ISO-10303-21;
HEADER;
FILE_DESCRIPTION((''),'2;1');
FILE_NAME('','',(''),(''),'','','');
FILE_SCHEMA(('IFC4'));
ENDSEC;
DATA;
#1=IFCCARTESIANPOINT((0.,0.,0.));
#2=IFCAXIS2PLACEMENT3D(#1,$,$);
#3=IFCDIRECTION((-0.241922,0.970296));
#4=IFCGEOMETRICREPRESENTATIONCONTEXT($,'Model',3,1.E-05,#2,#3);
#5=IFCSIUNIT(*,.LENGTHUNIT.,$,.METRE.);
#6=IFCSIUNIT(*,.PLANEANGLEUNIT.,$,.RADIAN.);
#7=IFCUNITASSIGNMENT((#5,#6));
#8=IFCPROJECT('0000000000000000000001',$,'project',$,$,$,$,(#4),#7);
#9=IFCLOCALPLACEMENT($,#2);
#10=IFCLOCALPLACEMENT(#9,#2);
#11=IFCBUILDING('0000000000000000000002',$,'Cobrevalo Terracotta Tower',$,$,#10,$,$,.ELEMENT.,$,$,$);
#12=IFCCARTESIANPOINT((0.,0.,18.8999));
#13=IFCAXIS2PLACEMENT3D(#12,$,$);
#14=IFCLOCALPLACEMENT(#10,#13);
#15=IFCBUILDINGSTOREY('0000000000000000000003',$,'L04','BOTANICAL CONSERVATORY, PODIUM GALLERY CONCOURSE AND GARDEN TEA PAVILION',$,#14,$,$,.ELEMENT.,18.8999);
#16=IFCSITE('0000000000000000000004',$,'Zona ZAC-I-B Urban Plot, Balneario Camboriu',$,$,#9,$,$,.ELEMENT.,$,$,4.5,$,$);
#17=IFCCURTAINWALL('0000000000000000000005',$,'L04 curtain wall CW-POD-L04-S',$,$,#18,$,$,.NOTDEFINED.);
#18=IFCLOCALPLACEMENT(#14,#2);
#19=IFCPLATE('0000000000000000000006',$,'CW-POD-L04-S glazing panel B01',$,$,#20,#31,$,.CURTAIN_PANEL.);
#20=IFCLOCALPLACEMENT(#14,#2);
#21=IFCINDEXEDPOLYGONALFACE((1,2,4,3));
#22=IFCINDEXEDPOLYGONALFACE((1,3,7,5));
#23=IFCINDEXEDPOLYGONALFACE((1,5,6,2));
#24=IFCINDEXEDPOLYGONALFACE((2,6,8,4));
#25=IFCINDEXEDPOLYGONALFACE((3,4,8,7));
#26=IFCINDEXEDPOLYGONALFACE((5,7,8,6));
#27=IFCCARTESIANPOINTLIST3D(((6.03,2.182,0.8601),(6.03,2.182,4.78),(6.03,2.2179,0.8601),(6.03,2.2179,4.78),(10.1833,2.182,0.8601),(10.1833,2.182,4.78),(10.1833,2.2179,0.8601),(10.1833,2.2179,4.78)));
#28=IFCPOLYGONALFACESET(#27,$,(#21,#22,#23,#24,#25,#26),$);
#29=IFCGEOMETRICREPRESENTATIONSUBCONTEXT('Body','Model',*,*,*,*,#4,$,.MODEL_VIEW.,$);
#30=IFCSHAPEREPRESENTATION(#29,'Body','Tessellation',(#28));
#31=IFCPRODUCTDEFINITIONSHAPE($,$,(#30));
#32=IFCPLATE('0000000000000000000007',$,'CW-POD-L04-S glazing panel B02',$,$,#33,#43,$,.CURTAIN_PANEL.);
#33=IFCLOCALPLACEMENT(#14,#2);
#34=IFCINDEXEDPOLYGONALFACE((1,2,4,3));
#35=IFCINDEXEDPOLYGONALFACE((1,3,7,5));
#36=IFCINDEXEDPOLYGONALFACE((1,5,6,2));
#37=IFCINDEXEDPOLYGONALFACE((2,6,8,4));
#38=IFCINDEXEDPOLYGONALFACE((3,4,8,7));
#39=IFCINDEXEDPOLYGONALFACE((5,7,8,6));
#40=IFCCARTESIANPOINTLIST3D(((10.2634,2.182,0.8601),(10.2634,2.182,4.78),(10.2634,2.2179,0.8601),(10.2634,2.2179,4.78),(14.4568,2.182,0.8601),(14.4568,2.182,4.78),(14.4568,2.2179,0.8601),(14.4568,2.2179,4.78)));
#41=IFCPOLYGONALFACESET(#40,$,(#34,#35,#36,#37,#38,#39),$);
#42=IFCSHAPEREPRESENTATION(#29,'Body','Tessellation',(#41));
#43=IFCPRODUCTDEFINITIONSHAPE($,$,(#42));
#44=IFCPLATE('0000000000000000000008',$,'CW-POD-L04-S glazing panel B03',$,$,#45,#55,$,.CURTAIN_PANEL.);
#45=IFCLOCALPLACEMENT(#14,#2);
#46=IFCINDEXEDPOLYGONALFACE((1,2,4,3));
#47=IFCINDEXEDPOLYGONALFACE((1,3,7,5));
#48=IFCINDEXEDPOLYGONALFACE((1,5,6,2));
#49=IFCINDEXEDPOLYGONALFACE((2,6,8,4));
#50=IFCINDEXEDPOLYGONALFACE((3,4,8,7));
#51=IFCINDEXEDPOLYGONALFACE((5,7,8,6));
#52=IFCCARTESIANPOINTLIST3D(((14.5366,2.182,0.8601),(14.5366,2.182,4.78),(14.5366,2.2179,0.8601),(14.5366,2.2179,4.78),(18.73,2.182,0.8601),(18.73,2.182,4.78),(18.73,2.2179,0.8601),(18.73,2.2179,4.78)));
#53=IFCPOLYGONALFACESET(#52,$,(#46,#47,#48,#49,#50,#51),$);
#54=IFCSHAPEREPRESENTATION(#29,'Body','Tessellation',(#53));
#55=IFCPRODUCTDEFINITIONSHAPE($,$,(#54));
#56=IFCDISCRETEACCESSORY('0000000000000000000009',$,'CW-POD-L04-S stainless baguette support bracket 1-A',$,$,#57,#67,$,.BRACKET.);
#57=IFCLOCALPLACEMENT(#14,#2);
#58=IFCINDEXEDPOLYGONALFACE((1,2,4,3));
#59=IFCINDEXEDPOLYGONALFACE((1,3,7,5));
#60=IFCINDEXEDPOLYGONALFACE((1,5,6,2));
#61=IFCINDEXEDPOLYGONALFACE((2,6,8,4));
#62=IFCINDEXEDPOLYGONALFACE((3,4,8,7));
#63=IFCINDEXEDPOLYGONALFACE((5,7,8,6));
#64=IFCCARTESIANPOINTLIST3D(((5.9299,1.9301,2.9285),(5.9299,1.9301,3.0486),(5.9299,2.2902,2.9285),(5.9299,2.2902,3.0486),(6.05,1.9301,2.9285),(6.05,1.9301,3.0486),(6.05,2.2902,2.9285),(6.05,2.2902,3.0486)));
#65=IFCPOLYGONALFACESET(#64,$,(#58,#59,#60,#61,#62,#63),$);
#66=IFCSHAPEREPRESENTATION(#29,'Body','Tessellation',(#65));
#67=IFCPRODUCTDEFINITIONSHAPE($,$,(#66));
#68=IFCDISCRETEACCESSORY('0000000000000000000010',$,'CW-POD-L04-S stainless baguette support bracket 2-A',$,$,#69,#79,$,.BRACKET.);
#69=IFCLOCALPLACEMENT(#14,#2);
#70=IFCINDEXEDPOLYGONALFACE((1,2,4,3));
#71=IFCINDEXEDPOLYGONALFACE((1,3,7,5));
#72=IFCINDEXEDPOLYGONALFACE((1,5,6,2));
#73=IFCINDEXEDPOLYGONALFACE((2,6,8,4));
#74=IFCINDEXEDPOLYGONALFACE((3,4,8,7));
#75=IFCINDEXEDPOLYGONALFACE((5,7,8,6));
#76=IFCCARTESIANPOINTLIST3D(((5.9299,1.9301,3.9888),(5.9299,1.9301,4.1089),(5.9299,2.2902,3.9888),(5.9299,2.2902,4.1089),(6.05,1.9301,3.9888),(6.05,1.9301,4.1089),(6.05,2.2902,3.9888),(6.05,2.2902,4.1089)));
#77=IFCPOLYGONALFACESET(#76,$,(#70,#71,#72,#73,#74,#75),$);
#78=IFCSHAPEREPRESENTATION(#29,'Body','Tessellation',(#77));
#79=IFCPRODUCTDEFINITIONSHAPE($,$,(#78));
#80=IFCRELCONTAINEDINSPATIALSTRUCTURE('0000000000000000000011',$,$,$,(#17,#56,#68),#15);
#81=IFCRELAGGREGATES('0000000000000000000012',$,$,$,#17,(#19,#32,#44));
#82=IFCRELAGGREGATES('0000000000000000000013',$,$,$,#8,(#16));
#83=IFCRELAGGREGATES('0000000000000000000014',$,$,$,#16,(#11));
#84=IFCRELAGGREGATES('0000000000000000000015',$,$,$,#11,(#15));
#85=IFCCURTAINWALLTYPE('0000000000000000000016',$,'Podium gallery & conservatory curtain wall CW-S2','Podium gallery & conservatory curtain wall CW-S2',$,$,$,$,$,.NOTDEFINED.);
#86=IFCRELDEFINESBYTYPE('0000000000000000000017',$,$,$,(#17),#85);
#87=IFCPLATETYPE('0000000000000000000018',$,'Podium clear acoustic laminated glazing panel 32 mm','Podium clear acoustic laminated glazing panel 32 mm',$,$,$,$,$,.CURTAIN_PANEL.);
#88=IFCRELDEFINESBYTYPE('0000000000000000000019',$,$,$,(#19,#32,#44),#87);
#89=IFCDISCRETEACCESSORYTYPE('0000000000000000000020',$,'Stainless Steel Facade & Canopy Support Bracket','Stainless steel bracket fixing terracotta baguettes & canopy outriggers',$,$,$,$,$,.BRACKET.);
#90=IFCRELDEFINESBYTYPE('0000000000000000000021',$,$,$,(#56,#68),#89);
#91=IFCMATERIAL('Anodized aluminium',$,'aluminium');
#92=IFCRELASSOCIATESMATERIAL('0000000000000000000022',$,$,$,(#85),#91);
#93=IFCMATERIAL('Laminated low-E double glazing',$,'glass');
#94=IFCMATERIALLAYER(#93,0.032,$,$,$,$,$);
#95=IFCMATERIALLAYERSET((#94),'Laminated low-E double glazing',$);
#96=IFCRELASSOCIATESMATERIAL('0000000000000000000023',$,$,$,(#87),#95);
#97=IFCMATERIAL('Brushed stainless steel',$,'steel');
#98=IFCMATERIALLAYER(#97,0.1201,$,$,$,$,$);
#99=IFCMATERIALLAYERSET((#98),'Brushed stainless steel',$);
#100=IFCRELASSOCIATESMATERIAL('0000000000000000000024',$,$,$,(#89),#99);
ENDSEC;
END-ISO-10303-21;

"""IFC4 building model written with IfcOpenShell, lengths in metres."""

from ifc_helpers import new_model, si_unit, direction, frame, origin, origin_2d, place, context, subcontext, project, spatial, rectangle, extrude, source, transform, mapped, material, layer, layer_set, type_object, element, aggregate, save


model = new_model("IFC4")

# Units and contexts
model_context = context("Model", 3, precision=1e-05, world=origin(), true_north=direction((-0.241922, 0.970296)))
body_context = subcontext(model_context, "Body", "Model", "MODEL_VIEW")
ifc_project = project(units=[si_unit("LENGTHUNIT", "METRE"), si_unit("PLANEANGLEUNIT", "RADIAN")], contexts=[model_context])

# Site, building, storey
site_placement = place(None, origin())
site = spatial("IfcSite", under=ifc_project, at=site_placement, Name="Zona ZAC-I-B Urban Plot, Balneario Camboriu", CompositionType="ELEMENT", RefElevation=4.5)
building_placement = place(site_placement, origin())
building = spatial("IfcBuilding", under=site, at=building_placement, Name="Cobrevalo Terracotta Tower", CompositionType="ELEMENT")
storey_placement = place(building_placement, frame((0.0, 0.0, 18.8999)))
storey = spatial("IfcBuildingStorey", under=building, at=storey_placement, Name="L04", Description="BOTANICAL CONSERVATORY, PODIUM GALLERY CONCOURSE AND GARDEN TEA PAVILION", CompositionType="ELEMENT", Elevation=18.8999)

# Curtain wall, plates
ifc_material_1 = material(Name="Anodized aluminium", Category="aluminium")
curtain_wall_type = type_object("IfcCurtainWallType", Name="Podium gallery & conservatory curtain wall CW-S2", Description="Podium gallery & conservatory curtain wall CW-S2", PredefinedType="NOTDEFINED", material=ifc_material_1)
curtain_wall_placement = place(storey_placement, origin())
curtain_wall = element("IfcCurtainWall", 1, at=curtain_wall_placement, inside=storey, type_object=curtain_wall_type, Name="L04 curtain wall CW-POD-L04-S", PredefinedType="NOTDEFINED")
ifc_material_2 = material(Name="Laminated low-E double glazing", Category="glass")
ifc_layer_1 = layer(ifc_material_2, 0.032)
ifc_layer_set_1 = layer_set([ifc_layer_1], Name="Laminated low-E double glazing")
plate_type_1 = type_object("IfcPlateType", Name="Podium clear acoustic laminated glazing panel 32 mm", Description="Podium clear acoustic laminated glazing panel 32 mm", PredefinedType="CURTAIN_PANEL", material=ifc_layer_set_1)
shared_shape_1 = source(origin(), body_context, "Body", "SweptSolid", [
    extrude(rectangle(XDim=4.1533, YDim=0.0359, at=origin_2d()), origin(), (0.0, 0.0, 1.0), 3.9199),
])
plate_1_placement = place(storey_placement, frame((8.1067, 2.2, 0.8601), z_axis=(0.0, 0.0, 1.0), x_axis=(1.0, 0.0, 0.0)))
plate_1 = element("IfcPlate", 2, at=plate_1_placement, type_object=plate_type_1, Name="CW-POD-L04-S glazing panel B01", PredefinedType="CURTAIN_PANEL", context=body_context, shape_type="MappedRepresentation", body=[
    mapped(shared_shape_1, transform((0.0, 0.0, 0.0), scale=1.0)),
])
shared_shape_2 = source(origin(), body_context, "Body", "SweptSolid", [
    extrude(rectangle(XDim=4.1934, YDim=0.0359, at=origin_2d()), origin(), (0.0, 0.0, 1.0), 3.9199),
])
plate_2_placement = place(storey_placement, frame((12.3601, 2.2, 0.8601), z_axis=(0.0, 0.0, 1.0), x_axis=(1.0, 0.0, 0.0)))
plate_2 = element("IfcPlate", 3, at=plate_2_placement, type_object=plate_type_1, Name="CW-POD-L04-S glazing panel B02", PredefinedType="CURTAIN_PANEL", context=body_context, shape_type="MappedRepresentation", body=[
    mapped(shared_shape_2, transform((0.0, 0.0, 0.0), scale=1.0)),
])
plate_3_placement = place(storey_placement, frame((16.6333, 2.2, 0.8601), z_axis=(0.0, 0.0, 1.0), x_axis=(1.0, 0.0, 0.0)))
plate_3 = element("IfcPlate", 4, at=plate_3_placement, type_object=plate_type_1, Name="CW-POD-L04-S glazing panel B03", PredefinedType="CURTAIN_PANEL", context=body_context, shape_type="MappedRepresentation", body=[
    mapped(shared_shape_2, transform((0.0, 0.0, 0.0), scale=1.0)),
])
aggregate(curtain_wall, [plate_1, plate_2, plate_3])

# Discrete accessories
ifc_material_3 = material(Name="Brushed stainless steel", Category="steel")
ifc_layer_2 = layer(ifc_material_3, 0.1201)
ifc_layer_set_2 = layer_set([ifc_layer_2], Name="Brushed stainless steel")
discrete_accessory_type = type_object("IfcDiscreteAccessoryType", Name="Stainless Steel Facade & Canopy Support Bracket", Description="Stainless steel bracket fixing terracotta baguettes & canopy outriggers", PredefinedType="BRACKET", material=ifc_layer_set_2)
shared_shape_3 = source(origin(), body_context, "Body", "SweptSolid", [
    extrude(rectangle(XDim=0.1201, YDim=0.3601, at=origin_2d()), origin(), (0.0, 0.0, 1.0), 0.1201),
])
for number, where, z_axis, x_axis, name in (
    (5, (5.99, 2.1101, 2.9285), (0.0, 0.0, 1.0), (1.0, 0.0, 0.0), "CW-POD-L04-S stainless baguette support bracket 1-A"),
    (6, (5.99, 2.1101, 3.9888), (0.0, 0.0, 1.0), (1.0, 0.0, 0.0), "CW-POD-L04-S stainless baguette support bracket 2-A"),
):
    element("IfcDiscreteAccessory", number, at=place(storey_placement, frame(where, z_axis=z_axis, x_axis=x_axis)), inside=storey, type_object=discrete_accessory_type, Name=name, PredefinedType="BRACKET", context=body_context, shape_type="MappedRepresentation", body=[
        mapped(shared_shape_3, transform((0.0, 0.0, 0.0), scale=1.0)),
    ])

save(model, "model.ifc")
